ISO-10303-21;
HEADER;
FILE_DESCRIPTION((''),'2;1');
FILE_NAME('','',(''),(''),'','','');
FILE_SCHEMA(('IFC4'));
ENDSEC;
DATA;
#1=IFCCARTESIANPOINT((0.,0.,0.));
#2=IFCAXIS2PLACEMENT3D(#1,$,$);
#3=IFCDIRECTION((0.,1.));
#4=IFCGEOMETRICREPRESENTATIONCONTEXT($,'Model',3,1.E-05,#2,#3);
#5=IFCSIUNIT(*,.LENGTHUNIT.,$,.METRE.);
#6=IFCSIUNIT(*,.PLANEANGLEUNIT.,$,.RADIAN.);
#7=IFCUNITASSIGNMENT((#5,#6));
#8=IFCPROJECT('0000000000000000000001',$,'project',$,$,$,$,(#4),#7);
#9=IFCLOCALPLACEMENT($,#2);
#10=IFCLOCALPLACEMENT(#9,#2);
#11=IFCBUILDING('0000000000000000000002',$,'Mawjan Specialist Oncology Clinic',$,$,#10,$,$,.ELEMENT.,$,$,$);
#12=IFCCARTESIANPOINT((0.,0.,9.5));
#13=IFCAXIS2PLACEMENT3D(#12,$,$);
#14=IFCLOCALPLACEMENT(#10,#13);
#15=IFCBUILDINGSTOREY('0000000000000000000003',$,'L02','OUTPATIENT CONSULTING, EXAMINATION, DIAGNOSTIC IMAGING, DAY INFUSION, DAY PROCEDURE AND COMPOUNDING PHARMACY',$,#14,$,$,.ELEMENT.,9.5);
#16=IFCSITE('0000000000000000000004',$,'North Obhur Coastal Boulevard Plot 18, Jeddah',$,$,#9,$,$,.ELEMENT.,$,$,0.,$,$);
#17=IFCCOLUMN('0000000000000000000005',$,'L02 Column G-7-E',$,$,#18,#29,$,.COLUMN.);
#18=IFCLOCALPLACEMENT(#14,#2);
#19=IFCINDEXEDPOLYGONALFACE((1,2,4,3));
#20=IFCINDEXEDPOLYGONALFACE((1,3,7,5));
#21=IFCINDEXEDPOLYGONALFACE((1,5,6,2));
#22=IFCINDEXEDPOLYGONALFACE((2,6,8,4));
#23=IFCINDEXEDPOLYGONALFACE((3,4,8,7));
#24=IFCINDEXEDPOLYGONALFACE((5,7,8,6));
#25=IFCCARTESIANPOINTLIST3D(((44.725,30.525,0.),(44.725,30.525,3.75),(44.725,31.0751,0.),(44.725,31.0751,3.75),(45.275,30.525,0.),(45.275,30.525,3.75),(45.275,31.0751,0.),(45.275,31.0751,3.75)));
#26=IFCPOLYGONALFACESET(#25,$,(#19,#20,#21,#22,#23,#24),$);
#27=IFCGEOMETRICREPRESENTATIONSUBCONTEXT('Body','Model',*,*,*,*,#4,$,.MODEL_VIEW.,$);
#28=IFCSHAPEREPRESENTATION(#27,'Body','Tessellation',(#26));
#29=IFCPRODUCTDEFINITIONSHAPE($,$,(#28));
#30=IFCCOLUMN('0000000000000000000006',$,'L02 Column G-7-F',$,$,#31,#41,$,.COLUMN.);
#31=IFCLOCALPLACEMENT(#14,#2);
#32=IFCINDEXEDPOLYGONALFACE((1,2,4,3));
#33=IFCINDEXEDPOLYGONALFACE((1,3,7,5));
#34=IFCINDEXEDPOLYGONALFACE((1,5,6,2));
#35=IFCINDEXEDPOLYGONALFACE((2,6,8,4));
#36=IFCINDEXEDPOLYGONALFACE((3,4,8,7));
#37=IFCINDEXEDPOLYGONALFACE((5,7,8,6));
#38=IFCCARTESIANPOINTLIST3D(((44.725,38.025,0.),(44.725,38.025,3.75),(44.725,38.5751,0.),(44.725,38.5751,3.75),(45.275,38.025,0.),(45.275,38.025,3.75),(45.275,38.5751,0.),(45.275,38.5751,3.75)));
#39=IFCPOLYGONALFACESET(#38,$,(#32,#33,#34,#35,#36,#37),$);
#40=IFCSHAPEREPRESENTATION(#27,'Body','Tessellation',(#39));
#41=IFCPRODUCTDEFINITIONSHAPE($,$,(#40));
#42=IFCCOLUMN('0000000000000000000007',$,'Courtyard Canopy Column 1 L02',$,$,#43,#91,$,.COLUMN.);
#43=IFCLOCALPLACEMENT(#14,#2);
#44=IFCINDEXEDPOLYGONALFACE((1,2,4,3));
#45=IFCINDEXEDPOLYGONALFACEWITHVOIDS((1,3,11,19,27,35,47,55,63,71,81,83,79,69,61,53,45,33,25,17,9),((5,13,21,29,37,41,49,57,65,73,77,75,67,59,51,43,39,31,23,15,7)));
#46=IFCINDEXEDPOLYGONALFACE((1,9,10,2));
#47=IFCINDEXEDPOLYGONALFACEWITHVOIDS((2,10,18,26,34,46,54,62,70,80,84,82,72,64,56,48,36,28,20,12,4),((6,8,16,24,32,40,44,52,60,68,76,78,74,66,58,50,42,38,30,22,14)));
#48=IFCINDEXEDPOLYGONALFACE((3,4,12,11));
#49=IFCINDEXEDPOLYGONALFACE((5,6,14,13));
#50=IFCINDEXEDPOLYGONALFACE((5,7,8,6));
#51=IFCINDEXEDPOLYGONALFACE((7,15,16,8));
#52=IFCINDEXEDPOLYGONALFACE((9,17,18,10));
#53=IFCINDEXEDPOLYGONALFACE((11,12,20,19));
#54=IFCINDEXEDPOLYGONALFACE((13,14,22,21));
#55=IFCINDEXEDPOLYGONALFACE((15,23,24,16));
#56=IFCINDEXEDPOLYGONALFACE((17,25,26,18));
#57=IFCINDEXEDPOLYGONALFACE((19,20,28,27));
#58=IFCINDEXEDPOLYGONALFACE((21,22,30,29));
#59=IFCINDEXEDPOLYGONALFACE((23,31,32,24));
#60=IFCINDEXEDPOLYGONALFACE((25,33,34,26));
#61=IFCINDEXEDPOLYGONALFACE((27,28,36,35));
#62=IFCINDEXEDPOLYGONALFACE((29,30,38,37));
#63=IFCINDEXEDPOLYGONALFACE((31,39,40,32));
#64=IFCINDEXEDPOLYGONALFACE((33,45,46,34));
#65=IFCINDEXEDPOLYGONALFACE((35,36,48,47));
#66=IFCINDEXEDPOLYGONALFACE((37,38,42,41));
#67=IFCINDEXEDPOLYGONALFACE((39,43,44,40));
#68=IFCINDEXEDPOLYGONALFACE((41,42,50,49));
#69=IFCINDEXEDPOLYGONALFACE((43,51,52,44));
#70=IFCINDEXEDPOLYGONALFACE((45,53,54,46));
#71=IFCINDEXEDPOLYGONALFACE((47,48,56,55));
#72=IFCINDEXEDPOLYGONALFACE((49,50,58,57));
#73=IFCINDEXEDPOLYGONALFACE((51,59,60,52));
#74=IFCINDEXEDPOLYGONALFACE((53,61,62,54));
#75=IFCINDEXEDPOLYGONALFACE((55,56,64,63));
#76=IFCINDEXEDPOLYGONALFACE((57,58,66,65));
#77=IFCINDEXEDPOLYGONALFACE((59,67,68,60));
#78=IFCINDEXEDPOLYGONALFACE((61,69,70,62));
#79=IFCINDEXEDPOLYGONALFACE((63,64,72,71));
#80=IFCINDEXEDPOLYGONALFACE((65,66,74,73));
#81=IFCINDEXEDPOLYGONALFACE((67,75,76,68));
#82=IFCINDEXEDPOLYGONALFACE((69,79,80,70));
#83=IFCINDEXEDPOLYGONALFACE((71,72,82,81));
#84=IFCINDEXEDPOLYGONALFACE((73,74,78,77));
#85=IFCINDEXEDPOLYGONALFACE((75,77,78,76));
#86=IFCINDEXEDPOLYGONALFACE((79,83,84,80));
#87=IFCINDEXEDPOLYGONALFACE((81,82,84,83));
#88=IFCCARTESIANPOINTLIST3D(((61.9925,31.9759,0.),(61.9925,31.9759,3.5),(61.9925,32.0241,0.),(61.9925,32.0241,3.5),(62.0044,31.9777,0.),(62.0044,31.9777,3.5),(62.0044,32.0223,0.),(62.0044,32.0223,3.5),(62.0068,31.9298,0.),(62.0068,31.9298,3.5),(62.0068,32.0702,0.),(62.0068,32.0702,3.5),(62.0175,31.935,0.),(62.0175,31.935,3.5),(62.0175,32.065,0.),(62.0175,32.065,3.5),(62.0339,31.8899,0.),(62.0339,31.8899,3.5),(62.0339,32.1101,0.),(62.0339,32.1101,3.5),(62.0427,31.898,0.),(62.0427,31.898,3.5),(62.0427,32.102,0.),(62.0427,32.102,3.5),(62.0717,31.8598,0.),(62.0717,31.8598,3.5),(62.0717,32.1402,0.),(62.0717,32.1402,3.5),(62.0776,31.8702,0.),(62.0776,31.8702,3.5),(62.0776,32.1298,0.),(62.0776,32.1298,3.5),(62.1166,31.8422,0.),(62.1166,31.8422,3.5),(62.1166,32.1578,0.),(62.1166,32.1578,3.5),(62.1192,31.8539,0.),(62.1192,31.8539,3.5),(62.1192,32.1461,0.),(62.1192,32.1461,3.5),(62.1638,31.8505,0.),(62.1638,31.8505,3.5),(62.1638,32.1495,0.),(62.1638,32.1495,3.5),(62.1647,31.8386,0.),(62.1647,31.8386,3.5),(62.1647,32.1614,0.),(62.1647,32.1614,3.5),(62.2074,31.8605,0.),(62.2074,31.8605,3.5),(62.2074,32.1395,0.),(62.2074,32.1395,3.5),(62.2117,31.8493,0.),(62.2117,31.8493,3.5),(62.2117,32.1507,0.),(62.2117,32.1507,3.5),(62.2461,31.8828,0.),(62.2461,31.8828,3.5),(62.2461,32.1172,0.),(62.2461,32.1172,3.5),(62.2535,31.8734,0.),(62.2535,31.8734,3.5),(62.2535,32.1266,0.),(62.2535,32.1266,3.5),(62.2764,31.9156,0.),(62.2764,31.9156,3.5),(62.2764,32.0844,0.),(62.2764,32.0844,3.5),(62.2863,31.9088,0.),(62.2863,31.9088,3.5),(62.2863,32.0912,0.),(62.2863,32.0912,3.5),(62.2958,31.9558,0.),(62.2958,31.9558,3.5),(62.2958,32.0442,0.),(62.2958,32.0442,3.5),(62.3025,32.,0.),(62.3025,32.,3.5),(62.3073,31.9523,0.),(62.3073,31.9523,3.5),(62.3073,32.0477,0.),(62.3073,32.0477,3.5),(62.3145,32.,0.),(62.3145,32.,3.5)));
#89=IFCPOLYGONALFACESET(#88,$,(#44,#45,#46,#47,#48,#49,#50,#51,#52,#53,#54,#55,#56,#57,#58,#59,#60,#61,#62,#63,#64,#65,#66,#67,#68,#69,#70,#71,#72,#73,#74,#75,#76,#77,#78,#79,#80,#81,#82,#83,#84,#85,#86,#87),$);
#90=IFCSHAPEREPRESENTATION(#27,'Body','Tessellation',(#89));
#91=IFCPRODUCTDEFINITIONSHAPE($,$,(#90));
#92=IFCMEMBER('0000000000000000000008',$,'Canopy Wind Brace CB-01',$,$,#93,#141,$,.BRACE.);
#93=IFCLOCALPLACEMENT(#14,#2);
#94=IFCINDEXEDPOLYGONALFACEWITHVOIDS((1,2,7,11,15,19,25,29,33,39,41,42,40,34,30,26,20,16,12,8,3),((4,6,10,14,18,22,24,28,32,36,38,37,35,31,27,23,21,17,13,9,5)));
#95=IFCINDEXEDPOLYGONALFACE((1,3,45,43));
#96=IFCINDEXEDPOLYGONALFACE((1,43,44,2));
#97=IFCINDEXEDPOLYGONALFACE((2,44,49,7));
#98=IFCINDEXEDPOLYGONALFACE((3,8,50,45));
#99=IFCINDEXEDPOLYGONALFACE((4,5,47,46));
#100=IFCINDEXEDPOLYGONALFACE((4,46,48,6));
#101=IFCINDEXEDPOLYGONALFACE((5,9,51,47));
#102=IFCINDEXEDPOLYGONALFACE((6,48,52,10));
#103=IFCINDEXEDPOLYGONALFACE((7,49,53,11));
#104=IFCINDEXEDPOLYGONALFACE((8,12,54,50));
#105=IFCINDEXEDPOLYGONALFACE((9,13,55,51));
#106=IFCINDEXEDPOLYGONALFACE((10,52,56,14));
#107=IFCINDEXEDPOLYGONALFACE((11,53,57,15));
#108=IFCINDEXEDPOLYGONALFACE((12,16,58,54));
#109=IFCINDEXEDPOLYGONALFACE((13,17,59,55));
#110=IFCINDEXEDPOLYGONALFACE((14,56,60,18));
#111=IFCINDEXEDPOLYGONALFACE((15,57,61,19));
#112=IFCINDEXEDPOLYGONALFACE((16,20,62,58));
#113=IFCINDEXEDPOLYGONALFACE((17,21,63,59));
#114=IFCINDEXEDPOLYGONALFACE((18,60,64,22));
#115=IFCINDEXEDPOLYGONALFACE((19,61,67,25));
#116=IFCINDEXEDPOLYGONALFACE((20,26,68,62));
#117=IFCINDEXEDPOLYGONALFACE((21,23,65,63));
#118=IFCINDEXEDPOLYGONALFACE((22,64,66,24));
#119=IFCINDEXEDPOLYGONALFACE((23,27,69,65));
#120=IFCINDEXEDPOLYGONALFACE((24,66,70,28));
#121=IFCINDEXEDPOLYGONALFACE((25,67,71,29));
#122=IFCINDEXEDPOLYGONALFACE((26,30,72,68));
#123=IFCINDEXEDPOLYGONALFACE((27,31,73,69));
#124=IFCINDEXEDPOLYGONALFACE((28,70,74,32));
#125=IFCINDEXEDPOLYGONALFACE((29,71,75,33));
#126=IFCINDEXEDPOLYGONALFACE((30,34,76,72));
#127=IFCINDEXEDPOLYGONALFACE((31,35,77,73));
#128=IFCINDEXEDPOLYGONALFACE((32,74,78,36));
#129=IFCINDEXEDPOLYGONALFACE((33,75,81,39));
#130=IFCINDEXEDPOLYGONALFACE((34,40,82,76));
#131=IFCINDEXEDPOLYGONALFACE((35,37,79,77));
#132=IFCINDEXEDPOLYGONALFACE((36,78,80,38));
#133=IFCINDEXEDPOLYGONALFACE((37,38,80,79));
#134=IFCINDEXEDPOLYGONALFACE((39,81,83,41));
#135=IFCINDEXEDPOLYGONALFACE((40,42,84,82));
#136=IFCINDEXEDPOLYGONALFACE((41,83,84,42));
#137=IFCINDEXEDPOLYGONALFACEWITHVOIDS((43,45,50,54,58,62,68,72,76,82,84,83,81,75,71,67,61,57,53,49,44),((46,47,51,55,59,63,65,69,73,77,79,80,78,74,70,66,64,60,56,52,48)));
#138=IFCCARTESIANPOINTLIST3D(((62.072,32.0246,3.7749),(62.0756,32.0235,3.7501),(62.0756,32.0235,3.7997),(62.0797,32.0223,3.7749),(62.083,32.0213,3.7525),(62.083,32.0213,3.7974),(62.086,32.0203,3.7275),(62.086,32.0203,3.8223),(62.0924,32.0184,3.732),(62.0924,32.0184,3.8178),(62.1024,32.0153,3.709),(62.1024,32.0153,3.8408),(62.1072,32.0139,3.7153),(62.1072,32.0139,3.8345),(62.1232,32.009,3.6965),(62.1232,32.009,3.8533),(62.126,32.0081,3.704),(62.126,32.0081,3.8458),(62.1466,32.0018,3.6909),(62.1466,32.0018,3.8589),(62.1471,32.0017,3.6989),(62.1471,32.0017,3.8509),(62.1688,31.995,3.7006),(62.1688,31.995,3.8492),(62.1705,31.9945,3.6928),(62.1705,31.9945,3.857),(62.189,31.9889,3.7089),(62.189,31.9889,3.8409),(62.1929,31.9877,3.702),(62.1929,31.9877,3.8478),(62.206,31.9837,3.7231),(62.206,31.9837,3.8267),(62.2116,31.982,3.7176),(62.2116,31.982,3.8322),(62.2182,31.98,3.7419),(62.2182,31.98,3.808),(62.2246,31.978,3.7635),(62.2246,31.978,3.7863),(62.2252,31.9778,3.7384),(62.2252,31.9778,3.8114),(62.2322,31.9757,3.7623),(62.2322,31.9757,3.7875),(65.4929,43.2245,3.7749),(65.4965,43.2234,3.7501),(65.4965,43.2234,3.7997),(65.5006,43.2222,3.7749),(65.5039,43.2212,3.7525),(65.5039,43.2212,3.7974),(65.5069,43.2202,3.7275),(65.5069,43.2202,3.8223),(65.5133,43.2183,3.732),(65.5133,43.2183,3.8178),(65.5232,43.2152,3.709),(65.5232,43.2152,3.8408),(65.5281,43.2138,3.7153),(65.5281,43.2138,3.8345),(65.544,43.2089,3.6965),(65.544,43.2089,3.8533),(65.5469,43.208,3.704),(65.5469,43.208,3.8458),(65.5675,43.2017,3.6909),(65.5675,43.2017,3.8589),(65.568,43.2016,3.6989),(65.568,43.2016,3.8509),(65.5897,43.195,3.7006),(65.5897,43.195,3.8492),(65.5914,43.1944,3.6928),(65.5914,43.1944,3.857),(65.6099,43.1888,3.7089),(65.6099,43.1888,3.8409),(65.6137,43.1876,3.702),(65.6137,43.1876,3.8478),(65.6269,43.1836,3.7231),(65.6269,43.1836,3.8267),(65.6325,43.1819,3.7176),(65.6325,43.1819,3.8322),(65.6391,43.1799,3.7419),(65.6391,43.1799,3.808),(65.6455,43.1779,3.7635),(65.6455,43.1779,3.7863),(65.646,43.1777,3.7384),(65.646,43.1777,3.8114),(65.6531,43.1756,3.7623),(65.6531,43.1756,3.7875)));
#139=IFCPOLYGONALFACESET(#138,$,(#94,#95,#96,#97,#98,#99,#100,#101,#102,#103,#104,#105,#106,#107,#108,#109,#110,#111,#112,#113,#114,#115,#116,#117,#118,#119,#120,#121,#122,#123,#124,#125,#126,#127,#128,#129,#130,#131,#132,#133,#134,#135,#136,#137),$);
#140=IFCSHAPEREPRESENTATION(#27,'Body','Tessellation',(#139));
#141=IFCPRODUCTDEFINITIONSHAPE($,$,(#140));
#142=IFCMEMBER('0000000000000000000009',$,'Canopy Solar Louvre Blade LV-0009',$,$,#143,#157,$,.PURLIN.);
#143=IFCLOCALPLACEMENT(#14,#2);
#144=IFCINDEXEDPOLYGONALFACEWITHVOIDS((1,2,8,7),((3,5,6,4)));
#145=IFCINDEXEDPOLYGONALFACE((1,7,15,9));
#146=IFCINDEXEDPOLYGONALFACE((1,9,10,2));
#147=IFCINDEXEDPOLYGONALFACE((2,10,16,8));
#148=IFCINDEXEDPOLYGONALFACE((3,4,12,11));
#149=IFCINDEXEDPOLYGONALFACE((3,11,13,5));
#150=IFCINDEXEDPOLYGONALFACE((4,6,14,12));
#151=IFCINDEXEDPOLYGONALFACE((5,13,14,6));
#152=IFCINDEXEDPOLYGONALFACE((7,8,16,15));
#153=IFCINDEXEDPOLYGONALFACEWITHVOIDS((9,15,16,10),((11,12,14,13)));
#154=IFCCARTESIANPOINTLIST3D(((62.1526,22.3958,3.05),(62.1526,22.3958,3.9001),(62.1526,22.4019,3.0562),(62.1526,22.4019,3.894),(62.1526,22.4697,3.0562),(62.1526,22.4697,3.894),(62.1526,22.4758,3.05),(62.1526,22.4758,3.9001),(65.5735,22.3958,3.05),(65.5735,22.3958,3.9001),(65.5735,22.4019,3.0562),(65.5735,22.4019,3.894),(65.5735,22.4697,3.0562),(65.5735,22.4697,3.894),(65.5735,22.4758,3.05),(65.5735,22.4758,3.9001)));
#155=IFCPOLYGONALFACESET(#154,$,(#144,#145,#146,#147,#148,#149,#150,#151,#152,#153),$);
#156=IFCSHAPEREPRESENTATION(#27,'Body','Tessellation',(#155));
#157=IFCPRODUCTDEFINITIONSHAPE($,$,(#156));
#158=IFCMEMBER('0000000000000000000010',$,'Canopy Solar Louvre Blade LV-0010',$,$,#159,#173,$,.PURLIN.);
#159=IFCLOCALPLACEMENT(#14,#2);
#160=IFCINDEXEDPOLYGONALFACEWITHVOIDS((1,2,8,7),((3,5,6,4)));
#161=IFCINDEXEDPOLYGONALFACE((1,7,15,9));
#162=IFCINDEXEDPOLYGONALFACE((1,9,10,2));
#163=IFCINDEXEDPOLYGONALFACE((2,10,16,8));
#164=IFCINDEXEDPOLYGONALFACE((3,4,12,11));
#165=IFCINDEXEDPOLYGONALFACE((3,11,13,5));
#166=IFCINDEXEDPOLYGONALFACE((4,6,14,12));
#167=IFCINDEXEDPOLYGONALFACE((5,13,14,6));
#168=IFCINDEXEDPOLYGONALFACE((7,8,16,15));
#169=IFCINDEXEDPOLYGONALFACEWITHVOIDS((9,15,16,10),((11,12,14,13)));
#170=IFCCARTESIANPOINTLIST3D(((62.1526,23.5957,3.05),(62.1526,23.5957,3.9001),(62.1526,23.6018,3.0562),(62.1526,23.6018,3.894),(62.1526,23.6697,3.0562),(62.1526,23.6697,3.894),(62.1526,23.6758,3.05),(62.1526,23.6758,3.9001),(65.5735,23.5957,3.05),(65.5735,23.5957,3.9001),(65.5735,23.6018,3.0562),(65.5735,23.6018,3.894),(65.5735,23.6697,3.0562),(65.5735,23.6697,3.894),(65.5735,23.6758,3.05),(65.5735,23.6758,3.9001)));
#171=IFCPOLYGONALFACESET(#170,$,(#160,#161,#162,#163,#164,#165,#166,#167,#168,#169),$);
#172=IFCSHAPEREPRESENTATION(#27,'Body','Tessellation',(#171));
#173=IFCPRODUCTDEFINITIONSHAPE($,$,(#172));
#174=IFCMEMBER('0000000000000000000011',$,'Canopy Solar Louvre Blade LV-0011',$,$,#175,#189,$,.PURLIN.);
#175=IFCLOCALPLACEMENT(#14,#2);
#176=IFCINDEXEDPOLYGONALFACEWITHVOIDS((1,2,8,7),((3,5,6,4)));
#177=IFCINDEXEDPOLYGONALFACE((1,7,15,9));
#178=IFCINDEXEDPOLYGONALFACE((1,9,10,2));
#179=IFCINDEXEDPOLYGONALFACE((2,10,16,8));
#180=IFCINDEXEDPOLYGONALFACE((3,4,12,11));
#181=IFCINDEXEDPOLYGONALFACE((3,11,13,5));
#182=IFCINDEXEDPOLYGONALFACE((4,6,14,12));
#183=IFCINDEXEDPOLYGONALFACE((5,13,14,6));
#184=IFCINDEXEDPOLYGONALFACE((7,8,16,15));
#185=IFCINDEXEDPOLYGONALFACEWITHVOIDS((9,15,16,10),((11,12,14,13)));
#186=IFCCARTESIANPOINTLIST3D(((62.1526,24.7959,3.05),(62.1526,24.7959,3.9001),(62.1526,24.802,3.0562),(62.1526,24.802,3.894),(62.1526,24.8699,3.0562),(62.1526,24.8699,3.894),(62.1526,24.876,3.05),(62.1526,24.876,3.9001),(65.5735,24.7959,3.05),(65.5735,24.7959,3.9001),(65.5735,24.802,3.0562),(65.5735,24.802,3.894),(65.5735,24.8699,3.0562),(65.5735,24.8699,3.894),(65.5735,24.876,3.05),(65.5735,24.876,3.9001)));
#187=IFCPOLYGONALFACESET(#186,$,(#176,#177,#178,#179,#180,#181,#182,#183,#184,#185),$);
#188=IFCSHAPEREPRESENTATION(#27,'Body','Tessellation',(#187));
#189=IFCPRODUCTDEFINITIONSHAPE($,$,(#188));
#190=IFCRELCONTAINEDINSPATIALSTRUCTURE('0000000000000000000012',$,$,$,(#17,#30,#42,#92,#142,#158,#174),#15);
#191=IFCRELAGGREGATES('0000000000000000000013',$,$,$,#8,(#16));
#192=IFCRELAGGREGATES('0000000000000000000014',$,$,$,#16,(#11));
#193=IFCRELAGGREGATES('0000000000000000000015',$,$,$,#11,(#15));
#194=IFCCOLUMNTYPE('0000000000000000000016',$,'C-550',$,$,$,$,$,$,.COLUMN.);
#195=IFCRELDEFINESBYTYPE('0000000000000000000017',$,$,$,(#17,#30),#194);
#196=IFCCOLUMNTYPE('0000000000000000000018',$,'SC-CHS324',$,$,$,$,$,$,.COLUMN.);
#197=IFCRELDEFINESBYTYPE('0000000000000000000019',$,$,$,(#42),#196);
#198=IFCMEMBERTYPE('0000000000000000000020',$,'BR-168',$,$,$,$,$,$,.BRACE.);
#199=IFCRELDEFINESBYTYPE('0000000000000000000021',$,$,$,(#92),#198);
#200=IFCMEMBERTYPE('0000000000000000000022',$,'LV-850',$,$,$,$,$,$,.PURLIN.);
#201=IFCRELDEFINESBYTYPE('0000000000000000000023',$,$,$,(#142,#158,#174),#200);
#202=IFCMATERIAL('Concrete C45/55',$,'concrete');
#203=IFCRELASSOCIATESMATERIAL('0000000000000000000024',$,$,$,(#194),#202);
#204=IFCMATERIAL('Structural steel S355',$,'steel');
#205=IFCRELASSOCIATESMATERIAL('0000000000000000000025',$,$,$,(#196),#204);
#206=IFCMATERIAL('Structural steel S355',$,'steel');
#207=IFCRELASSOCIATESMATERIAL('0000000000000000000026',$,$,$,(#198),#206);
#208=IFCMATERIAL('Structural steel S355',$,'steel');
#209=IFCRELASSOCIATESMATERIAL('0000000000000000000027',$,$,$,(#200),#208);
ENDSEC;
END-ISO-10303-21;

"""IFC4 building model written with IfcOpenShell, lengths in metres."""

from ifc_helpers import new_model, si_unit, direction, frame, origin, origin_2d, place, context, subcontext, project, spatial, rectangle, hollow_rectangle, hollow_circle, extrude, material, material_profile, profile_set, type_object, element, save


model = new_model("IFC4")

# Units and contexts
model_context = context("Model", 3, precision=1e-05, world=origin(), true_north=direction((0.0, 1.0)))
body_context = subcontext(model_context, "Body", "Model", "MODEL_VIEW")
ifc_project = project(units=[si_unit("LENGTHUNIT", "METRE"), si_unit("PLANEANGLEUNIT", "RADIAN")], contexts=[model_context])

# Site, building, storey
site_placement = place(None, origin())
site = spatial("IfcSite", under=ifc_project, at=site_placement, Name="North Obhur Coastal Boulevard Plot 18, Jeddah", CompositionType="ELEMENT", RefElevation=0.0)
building_placement = place(site_placement, origin())
building = spatial("IfcBuilding", under=site, at=building_placement, Name="Mawjan Specialist Oncology Clinic", CompositionType="ELEMENT")
storey_placement = place(building_placement, frame((0.0, 0.0, 9.5)))
storey = spatial("IfcBuildingStorey", under=building, at=storey_placement, Name="L02", Description="OUTPATIENT CONSULTING, EXAMINATION, DIAGNOSTIC IMAGING, DAY INFUSION, DAY PROCEDURE AND COMPOUNDING PHARMACY", CompositionType="ELEMENT", Elevation=9.5)

# Columns
ifc_material_1 = material(Name="Concrete C45/55", Category="concrete")
ifc_material_profile_1 = material_profile(ifc_material_1, rectangle(XDim=0.55, YDim=0.55, at=origin_2d()), Name="RC COL 550x550", Category="concrete")
ifc_profile_set_1 = profile_set([ifc_material_profile_1], Name="Concrete C45/55")
column_type_1 = type_object("IfcColumnType", Name="C-550", PredefinedType="COLUMN", material=ifc_profile_set_1)
for number, where, z_axis, x_axis, name in (
    (1, (45.0, 30.8, 0.0), (0.0, 0.0, 1.0), (1.0, 0.0, 0.0), "L02 Column G-7-E"),
    (2, (45.0, 38.3, 0.0), (0.0, 0.0, 1.0), (1.0, 0.0, 0.0), "L02 Column G-7-F"),
):
    element("IfcColumn", number, at=place(storey_placement, frame(where, z_axis=z_axis, x_axis=x_axis)), inside=storey, type_object=column_type_1, Name=name, PredefinedType="COLUMN", context=body_context, shape_type="SweptSolid", body=[
        extrude(rectangle(XDim=0.55, YDim=0.55, at=origin_2d()), origin(), (0.0, 0.0, 1.0), 3.75),
    ])
ifc_material_2 = material(Name="Structural steel S355", Category="steel")
ifc_material_profile_2 = material_profile(ifc_material_2, hollow_circle(Radius=0.1619, WallThickness=0.012, at=origin_2d()), Name="CHS 323.9x12", Category="steel")
ifc_profile_set_2 = profile_set([ifc_material_profile_2], Name="Structural steel S355")
column_type_2 = type_object("IfcColumnType", Name="SC-CHS324", PredefinedType="COLUMN", material=ifc_profile_set_2)
column_placement = place(storey_placement, frame((62.1526, 32.0, 0.0), z_axis=(0.0, 0.0, 1.0), x_axis=(1.0, 0.0, 0.0)))
element("IfcColumn", 3, at=column_placement, inside=storey, type_object=column_type_2, Name="Courtyard Canopy Column 1 L02", PredefinedType="COLUMN", context=body_context, shape_type="SweptSolid", body=[
    extrude(hollow_circle(Radius=0.1619, WallThickness=0.012, at=origin_2d()), origin(), (0.0, 0.0, 1.0), 3.5),
])

# Members
ifc_material_3 = material(Name="Structural steel S355", Category="steel")
ifc_material_profile_3 = material_profile(ifc_material_3, hollow_circle(Radius=0.0842, WallThickness=0.0081, at=origin_2d()), Name="CHS 168.3x8", Category="steel")
ifc_profile_set_3 = profile_set([ifc_material_profile_3], Name="Structural steel S355")
member_type_1 = type_object("IfcMemberType", Name="BR-168", PredefinedType="BRACE", material=ifc_profile_set_3)
member_placement = place(storey_placement, frame((62.1526, 32.0, 3.7749), z_axis=(0.292116, 0.956383, 0.0), x_axis=(-0.956383, 0.292116, 0.0)))
element("IfcMember", 4, at=member_placement, inside=storey, type_object=member_type_1, Name="Canopy Wind Brace CB-01", PredefinedType="BRACE", context=body_context, shape_type="SweptSolid", body=[
    extrude(hollow_circle(Radius=0.0842, WallThickness=0.0081, at=origin_2d()), origin(), (0.0, 0.0, 1.0), 11.7107),
])
ifc_material_4 = material(Name="Structural steel S355", Category="steel")
ifc_material_profile_4 = material_profile(ifc_material_4, hollow_rectangle(XDim=0.0801, YDim=0.8501, WallThickness=0.0061, at=origin_2d()), Name="LOUVRE 850x80x6", Category="steel")
ifc_profile_set_4 = profile_set([ifc_material_profile_4], Name="Structural steel S355")
member_type_2 = type_object("IfcMemberType", Name="LV-850", PredefinedType="PURLIN", material=ifc_profile_set_4)
for number, where, z_axis, x_axis, name in (
    (5, (62.1526, 22.4358, 3.4751), (1.0, 0.0, 0.0), (0.0, 1.0, 0.0), "Canopy Solar Louvre Blade LV-0009"),
    (6, (62.1526, 23.6357, 3.4751), (1.0, 0.0, 0.0), (0.0, 1.0, 0.0), "Canopy Solar Louvre Blade LV-0010"),
    (7, (62.1526, 24.8359, 3.4751), (1.0, 0.0, 0.0), (0.0, 1.0, 0.0), "Canopy Solar Louvre Blade LV-0011"),
):
    element("IfcMember", number, at=place(storey_placement, frame(where, z_axis=z_axis, x_axis=x_axis)), inside=storey, type_object=member_type_2, Name=name, PredefinedType="PURLIN", context=body_context, shape_type="SweptSolid", body=[
        extrude(hollow_rectangle(XDim=0.0801, YDim=0.8501, WallThickness=0.0061, at=origin_2d()), origin(), (0.0, 0.0, 1.0), 3.4209),
    ])

save(model, "model.ifc")
